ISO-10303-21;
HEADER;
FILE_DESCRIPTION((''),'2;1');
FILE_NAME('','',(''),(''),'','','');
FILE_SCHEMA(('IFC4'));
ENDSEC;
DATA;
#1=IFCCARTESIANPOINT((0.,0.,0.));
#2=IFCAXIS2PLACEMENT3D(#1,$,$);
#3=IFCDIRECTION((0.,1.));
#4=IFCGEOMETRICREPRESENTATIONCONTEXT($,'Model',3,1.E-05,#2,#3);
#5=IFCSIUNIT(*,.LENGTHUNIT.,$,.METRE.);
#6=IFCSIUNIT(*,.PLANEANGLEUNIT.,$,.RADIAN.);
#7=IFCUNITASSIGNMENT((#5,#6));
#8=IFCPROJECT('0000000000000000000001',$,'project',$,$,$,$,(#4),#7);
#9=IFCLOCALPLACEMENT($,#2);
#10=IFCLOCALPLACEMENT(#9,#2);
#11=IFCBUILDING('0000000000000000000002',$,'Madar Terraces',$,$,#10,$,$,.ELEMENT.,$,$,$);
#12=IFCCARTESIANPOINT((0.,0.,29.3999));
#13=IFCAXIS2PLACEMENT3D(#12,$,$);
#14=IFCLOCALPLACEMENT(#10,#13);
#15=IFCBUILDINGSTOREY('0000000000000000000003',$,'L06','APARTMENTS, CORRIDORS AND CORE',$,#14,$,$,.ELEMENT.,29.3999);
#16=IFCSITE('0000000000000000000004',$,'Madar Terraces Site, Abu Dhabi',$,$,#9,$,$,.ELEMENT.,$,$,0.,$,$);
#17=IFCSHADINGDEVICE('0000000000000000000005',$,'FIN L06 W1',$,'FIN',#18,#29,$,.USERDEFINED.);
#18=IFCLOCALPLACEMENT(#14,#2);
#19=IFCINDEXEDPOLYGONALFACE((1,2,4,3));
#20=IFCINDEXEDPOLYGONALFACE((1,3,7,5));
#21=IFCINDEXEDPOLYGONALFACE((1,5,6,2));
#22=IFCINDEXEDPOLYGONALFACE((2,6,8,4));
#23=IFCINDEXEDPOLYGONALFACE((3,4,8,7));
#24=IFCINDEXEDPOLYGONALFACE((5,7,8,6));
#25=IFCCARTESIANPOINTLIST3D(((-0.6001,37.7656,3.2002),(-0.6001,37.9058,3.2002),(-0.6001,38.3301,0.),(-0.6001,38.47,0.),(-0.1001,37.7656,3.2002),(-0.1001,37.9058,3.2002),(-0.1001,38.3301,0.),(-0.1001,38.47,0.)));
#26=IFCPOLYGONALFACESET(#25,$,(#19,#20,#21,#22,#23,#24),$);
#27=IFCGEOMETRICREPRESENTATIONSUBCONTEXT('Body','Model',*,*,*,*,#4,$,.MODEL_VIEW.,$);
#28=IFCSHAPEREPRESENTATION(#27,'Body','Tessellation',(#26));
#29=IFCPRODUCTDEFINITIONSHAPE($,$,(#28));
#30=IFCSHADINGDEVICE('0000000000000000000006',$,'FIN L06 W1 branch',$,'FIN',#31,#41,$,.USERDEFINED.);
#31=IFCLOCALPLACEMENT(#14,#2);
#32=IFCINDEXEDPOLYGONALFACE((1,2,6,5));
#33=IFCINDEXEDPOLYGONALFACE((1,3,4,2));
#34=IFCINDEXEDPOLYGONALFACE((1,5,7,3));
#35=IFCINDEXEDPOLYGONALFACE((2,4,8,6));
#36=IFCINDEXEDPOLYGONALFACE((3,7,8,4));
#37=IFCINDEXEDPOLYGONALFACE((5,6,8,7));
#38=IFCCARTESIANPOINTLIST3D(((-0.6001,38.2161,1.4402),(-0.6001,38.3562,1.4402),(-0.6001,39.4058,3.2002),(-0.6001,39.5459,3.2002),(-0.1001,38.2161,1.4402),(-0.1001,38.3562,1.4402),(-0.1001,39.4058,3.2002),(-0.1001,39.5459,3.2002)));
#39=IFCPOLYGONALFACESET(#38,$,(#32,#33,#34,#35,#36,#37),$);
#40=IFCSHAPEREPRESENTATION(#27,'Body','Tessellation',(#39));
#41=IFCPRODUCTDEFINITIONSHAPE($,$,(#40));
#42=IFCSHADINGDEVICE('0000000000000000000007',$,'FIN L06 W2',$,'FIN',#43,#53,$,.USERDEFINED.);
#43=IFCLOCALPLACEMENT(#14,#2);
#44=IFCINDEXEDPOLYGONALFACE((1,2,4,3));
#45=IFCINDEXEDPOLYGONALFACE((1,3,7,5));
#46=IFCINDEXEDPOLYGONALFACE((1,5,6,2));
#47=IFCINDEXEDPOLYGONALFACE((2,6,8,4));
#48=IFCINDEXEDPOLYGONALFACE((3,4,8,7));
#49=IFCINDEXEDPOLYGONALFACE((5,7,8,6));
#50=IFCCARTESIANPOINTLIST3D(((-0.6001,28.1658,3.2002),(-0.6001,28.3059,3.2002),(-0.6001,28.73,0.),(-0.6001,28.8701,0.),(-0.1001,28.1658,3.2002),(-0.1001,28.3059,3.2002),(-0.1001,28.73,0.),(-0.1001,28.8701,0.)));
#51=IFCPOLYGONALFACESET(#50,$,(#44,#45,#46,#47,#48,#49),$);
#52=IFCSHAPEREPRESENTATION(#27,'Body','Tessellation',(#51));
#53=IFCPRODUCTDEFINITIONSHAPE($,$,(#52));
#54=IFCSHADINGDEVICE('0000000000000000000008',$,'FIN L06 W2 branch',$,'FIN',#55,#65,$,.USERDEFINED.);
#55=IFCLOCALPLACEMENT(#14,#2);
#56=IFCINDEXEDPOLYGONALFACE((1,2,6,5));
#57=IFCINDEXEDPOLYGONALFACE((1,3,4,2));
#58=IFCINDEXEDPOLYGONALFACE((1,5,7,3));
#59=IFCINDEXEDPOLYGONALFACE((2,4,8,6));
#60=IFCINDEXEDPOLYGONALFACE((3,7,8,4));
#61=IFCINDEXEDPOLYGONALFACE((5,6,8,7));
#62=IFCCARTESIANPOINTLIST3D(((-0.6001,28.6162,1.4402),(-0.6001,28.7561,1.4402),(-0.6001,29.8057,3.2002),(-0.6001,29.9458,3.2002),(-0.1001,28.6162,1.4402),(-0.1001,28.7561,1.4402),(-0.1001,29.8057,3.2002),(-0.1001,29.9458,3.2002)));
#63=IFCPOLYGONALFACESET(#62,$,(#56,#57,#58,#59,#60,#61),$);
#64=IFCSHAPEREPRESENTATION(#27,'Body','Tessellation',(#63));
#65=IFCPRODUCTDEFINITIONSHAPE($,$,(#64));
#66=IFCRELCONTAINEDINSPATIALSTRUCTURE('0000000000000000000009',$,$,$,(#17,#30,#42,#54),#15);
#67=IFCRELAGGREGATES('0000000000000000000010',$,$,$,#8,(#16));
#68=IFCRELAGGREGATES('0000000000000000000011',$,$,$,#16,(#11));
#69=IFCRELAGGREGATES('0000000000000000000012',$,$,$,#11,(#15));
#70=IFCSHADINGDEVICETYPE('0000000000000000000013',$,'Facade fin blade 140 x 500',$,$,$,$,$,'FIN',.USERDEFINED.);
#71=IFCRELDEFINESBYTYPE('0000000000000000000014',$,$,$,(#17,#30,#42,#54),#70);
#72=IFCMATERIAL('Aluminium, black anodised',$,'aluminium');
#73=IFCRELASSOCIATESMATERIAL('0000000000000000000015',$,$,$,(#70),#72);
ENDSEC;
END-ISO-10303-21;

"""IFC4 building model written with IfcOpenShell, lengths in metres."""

from ifc_helpers import new_model, si_unit, direction, frame, origin, place, context, subcontext, project, spatial, polyline, outline, extrude, material, type_object, element, save


model = new_model("IFC4")

# Units and contexts
model_context = context("Model", 3, precision=1e-05, world=origin(), true_north=direction((0.0, 1.0)))
body_context = subcontext(model_context, "Body", "Model", "MODEL_VIEW")
ifc_project = project(units=[si_unit("LENGTHUNIT", "METRE"), si_unit("PLANEANGLEUNIT", "RADIAN")], contexts=[model_context])

# Site, building, storey
site_placement = place(None, origin())
site = spatial("IfcSite", under=ifc_project, at=site_placement, Name="Madar Terraces Site, Abu Dhabi", CompositionType="ELEMENT", RefElevation=0.0)
building_placement = place(site_placement, origin())
building = spatial("IfcBuilding", under=site, at=building_placement, Name="Madar Terraces", CompositionType="ELEMENT")
storey_placement = place(building_placement, frame((0.0, 0.0, 29.3999)))
storey = spatial("IfcBuildingStorey", under=building, at=storey_placement, Name="L06", Description="APARTMENTS, CORRIDORS AND CORE", CompositionType="ELEMENT", Elevation=29.3999)

# Shading devices
ifc_material_1 = material(Name="Aluminium, black anodised", Category="aluminium")
shading_device_type = type_object("IfcShadingDeviceType", Name="Facade fin blade 140 x 500", ElementType="FIN", PredefinedType="USERDEFINED", material=ifc_material_1)
shading_device_1_placement = place(storey_placement, frame((-0.3501, 38.47, 0.0), z_axis=(0.0, 0.0, 1.0), x_axis=(0.0, -1.0, 0.0)))
element("IfcShadingDevice", 1, at=shading_device_1_placement, inside=storey, type_object=shading_device_type, Name="FIN L06 W1", ObjectType="FIN", PredefinedType="USERDEFINED", context=body_context, shape_type="SweptSolid", body=[
    extrude(outline(polyline([(0.0, 0.0), (0.1399, 0.0), (0.7043, 3.2002), (0.5642, 3.2002), (0.0, 0.0)])), frame((0.0, 0.25, 0.0), z_axis=(0.0, -1.0, 0.0), x_axis=(1.0, 0.0, 0.0)), (0.0, 0.0, 1.0), 0.5),
])
shading_device_2_placement = place(storey_placement, frame((-0.3501, 38.3562, 1.4402), z_axis=(0.0, 0.0, 1.0), x_axis=(0.0, -1.0, 0.0)))
element("IfcShadingDevice", 2, at=shading_device_2_placement, inside=storey, type_object=shading_device_type, Name="FIN L06 W1 branch", ObjectType="FIN", PredefinedType="USERDEFINED", context=body_context, shape_type="SweptSolid", body=[
    extrude(outline(polyline([(0.0, 0.0), (0.1401, 0.0), (-1.0496, 1.76), (-1.1897, 1.76), (0.0, 0.0)])), frame((0.0, 0.25, 0.0), z_axis=(0.0, -1.0, 0.0), x_axis=(1.0, 0.0, 0.0)), (0.0, 0.0, 1.0), 0.5),
])
shading_device_3_placement = place(storey_placement, frame((-0.3501, 28.8701, 0.0), z_axis=(0.0, 0.0, 1.0), x_axis=(0.0, -1.0, 0.0)))
element("IfcShadingDevice", 3, at=shading_device_3_placement, inside=storey, type_object=shading_device_type, Name="FIN L06 W2", ObjectType="FIN", PredefinedType="USERDEFINED", context=body_context, shape_type="SweptSolid", body=[
    extrude(outline(polyline([(0.0, 0.0), (0.1401, 0.0), (0.7043, 3.2002), (0.5642, 3.2002), (0.0, 0.0)])), frame((0.0, 0.25, 0.0), z_axis=(0.0, -1.0, 0.0), x_axis=(1.0, 0.0, 0.0)), (0.0, 0.0, 1.0), 0.5),
])
shading_device_4_placement = place(storey_placement, frame((-0.3501, 28.7561, 1.4402), z_axis=(0.0, 0.0, 1.0), x_axis=(0.0, -1.0, 0.0)))
element("IfcShadingDevice", 4, at=shading_device_4_placement, inside=storey, type_object=shading_device_type, Name="FIN L06 W2 branch", ObjectType="FIN", PredefinedType="USERDEFINED", context=body_context, shape_type="SweptSolid", body=[
    extrude(outline(polyline([(0.0, 0.0), (0.1399, 0.0), (-1.0496, 1.76), (-1.1897, 1.76), (0.0, 0.0)])), frame((0.0, 0.25, 0.0), z_axis=(0.0, -1.0, 0.0), x_axis=(1.0, 0.0, 0.0)), (0.0, 0.0, 1.0), 0.5),
])

save(model, "model.ifc")
